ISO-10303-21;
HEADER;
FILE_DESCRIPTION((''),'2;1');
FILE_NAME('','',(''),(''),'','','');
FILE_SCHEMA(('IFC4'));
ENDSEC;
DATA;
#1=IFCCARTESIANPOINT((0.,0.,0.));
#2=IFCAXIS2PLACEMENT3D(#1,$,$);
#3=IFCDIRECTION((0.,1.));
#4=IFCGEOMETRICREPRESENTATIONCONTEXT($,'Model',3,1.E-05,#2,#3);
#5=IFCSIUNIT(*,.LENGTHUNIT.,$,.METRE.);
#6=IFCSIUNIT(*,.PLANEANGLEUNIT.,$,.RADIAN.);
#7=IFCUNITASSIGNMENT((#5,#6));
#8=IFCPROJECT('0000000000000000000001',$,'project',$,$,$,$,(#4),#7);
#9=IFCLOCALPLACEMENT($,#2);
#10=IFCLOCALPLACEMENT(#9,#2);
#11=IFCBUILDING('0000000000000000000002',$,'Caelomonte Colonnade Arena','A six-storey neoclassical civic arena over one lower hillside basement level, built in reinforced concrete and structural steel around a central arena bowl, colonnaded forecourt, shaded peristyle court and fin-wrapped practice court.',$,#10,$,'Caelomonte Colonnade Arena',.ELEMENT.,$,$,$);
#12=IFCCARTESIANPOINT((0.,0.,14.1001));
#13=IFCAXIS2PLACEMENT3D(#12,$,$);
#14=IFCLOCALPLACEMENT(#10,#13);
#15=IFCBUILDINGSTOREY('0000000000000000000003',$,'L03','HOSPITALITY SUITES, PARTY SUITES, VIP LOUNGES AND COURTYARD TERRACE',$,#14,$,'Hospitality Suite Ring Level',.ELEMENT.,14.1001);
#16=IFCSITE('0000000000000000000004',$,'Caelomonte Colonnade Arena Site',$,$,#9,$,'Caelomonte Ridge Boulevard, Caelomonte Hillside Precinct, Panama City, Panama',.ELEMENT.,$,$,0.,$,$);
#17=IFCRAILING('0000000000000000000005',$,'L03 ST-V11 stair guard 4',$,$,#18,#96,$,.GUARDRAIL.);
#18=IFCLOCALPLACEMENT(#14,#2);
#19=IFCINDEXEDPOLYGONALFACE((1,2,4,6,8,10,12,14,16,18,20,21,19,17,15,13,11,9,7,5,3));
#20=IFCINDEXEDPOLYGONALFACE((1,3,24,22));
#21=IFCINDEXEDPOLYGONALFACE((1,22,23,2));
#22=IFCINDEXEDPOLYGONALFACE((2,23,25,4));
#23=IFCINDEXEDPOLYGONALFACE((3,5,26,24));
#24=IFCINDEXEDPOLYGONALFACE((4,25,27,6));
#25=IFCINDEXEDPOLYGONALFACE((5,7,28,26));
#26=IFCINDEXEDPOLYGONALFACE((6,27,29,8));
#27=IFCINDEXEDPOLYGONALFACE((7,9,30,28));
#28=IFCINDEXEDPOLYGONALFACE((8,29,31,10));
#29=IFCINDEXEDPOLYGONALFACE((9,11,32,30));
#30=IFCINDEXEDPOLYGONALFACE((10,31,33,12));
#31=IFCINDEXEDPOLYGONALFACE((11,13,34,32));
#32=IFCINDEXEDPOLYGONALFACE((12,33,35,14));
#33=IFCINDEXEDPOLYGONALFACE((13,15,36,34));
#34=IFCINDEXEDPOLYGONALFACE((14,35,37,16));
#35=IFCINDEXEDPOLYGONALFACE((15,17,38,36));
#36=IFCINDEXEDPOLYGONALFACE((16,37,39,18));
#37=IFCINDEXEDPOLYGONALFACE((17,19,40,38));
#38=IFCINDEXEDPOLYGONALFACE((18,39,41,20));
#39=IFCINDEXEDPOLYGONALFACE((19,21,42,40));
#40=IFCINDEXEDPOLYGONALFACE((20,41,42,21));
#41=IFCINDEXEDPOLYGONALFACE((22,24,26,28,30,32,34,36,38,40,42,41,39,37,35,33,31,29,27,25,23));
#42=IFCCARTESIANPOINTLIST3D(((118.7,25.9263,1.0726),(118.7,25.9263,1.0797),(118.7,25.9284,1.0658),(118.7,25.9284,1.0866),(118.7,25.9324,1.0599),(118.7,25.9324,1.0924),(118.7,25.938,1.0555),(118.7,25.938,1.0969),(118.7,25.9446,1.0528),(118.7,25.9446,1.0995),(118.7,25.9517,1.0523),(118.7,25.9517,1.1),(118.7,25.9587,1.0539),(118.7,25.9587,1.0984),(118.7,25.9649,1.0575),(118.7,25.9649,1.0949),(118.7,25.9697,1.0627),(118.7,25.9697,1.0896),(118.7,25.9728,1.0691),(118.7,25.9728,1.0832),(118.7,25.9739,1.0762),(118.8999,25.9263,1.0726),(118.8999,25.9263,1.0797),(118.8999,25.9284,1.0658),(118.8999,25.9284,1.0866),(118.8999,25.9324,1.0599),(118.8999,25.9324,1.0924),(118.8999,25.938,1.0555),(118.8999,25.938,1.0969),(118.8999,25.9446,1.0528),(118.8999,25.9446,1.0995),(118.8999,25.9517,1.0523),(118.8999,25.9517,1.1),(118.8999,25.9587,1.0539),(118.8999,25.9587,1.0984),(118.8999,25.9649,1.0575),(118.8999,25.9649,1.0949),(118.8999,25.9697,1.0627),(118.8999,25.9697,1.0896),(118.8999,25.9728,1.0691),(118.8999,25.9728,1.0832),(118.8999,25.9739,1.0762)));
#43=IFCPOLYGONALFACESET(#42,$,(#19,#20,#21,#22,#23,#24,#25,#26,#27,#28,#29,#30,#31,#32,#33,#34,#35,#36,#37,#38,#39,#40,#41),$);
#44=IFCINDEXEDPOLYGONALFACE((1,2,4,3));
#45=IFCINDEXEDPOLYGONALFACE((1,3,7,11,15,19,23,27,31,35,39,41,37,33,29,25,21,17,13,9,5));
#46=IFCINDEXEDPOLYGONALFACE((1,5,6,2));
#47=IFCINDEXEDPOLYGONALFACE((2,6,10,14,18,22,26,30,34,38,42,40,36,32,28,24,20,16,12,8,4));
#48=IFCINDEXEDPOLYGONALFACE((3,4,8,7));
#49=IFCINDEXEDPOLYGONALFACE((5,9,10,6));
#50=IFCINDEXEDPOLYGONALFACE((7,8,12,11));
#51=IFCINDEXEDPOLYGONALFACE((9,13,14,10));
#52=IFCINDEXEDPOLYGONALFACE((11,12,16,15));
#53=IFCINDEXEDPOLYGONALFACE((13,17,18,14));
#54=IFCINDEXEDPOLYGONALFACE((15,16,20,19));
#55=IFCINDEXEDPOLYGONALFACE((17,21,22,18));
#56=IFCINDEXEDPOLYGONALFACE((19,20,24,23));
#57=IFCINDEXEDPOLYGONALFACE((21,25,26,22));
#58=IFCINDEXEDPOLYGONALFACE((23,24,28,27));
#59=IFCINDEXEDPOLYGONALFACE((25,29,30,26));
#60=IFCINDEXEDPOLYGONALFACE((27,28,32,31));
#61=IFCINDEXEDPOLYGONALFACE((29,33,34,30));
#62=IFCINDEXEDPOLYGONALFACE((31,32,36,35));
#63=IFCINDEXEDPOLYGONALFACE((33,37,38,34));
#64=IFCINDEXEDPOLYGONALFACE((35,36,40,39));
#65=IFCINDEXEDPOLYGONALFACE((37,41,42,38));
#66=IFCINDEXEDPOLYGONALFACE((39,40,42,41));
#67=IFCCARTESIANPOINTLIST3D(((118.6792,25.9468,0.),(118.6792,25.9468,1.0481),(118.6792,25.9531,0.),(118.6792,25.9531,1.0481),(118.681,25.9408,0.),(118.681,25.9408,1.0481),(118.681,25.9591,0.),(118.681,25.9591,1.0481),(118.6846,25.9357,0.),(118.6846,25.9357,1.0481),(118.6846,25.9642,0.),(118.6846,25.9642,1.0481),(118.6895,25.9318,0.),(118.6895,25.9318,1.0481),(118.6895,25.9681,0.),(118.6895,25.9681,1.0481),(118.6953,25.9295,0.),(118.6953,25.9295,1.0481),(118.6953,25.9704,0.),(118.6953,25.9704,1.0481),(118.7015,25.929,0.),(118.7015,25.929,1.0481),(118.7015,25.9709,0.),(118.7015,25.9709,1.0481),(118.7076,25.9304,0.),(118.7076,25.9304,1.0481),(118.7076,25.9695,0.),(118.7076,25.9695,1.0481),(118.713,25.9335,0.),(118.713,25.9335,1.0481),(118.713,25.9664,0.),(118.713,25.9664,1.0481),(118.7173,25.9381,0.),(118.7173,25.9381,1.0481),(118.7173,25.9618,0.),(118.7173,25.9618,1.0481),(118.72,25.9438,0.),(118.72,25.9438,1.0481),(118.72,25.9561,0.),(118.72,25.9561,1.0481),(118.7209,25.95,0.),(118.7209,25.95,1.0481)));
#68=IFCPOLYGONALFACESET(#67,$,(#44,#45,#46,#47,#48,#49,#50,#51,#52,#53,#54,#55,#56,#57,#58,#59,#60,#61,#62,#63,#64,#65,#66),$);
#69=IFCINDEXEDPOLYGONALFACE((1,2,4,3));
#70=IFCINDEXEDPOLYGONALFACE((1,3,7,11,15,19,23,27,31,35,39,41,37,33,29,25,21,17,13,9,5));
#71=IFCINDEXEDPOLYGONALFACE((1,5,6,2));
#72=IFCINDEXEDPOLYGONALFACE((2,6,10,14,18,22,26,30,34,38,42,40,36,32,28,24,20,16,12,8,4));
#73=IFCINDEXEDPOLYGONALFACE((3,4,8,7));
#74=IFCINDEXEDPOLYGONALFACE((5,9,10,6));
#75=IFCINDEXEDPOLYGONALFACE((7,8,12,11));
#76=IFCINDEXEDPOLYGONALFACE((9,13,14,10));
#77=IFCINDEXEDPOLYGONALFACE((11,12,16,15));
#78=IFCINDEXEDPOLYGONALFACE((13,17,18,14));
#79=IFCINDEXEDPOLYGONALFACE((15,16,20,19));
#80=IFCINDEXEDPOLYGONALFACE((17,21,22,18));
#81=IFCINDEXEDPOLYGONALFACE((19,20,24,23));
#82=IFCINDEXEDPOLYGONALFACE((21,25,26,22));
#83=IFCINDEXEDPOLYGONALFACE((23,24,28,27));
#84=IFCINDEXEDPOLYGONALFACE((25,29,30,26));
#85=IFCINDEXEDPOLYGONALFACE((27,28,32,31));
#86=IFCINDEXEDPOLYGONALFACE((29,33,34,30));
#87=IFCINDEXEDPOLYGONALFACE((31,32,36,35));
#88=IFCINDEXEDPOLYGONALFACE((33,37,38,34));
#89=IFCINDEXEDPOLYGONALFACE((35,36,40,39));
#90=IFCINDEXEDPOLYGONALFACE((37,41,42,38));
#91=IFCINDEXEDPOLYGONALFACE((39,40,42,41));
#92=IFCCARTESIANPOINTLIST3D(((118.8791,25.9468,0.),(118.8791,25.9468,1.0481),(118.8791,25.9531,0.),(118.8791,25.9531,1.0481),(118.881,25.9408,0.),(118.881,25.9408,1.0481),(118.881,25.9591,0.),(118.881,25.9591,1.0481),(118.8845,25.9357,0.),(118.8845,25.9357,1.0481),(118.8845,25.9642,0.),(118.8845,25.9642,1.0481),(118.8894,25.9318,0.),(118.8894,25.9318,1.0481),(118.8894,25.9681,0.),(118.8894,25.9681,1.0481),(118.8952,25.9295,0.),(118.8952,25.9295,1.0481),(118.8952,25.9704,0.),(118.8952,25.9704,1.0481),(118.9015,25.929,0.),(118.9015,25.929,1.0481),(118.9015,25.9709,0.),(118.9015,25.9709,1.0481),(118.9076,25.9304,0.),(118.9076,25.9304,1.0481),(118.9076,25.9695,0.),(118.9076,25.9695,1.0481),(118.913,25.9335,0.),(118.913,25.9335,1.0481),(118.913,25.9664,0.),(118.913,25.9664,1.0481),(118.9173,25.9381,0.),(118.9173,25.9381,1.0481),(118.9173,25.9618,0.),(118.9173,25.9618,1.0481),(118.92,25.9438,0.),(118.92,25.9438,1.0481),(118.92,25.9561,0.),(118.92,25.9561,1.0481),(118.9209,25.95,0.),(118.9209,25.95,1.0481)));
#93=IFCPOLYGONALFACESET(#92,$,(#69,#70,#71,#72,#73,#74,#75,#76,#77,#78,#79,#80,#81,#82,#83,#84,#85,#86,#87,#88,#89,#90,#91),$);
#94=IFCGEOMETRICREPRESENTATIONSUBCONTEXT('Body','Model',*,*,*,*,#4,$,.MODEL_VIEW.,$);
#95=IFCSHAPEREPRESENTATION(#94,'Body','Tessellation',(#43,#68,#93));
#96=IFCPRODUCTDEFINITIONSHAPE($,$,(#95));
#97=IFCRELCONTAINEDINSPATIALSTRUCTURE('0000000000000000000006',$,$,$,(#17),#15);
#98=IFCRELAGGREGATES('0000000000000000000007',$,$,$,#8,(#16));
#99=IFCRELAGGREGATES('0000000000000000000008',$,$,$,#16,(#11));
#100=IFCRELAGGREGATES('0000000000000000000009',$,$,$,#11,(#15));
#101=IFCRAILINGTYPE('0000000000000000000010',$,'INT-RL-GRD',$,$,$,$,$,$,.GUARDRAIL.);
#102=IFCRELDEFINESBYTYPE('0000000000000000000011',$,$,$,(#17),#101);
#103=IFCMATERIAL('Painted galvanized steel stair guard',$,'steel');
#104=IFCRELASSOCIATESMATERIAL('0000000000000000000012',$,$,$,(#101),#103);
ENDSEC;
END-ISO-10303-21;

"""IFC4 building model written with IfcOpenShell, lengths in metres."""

from ifc_helpers import new_model, si_unit, direction, frame, origin, origin_2d, place, context, subcontext, project, spatial, circle, extrude, material, type_object, element, save


model = new_model("IFC4")

# Units and contexts
model_context = context("Model", 3, precision=1e-05, world=origin(), true_north=direction((0.0, 1.0)))
body_context = subcontext(model_context, "Body", "Model", "MODEL_VIEW")
ifc_project = project(units=[si_unit("LENGTHUNIT", "METRE"), si_unit("PLANEANGLEUNIT", "RADIAN")], contexts=[model_context])

# Site, building, storey
site_placement = place(None, origin())
site = spatial("IfcSite", under=ifc_project, at=site_placement, Name="Caelomonte Colonnade Arena Site", LongName="Caelomonte Ridge Boulevard, Caelomonte Hillside Precinct, Panama City, Panama", CompositionType="ELEMENT", RefElevation=0.0)
building_placement = place(site_placement, origin())
building = spatial("IfcBuilding", under=site, at=building_placement, Name="Caelomonte Colonnade Arena", Description="A six-storey neoclassical civic arena over one lower hillside basement level, built in reinforced concrete and structural steel around a central arena bowl, colonnaded forecourt, shaded peristyle court and fin-wrapped practice court.", LongName="Caelomonte Colonnade Arena", CompositionType="ELEMENT")
storey_placement = place(building_placement, frame((0.0, 0.0, 14.1001)))
storey = spatial("IfcBuildingStorey", under=building, at=storey_placement, Name="L03", Description="HOSPITALITY SUITES, PARTY SUITES, VIP LOUNGES AND COURTYARD TERRACE", LongName="Hospitality Suite Ring Level", CompositionType="ELEMENT", Elevation=14.1001)

# Railing
ifc_material_1 = material(Name="Painted galvanized steel stair guard", Category="steel")
railing_type_1 = type_object("IfcRailingType", Name="INT-RL-GRD", PredefinedType="GUARDRAIL", material=ifc_material_1)
railing_1_placement = place(storey_placement, frame((118.7, 25.95, 0.0)))
element("IfcRailing", 1, at=railing_1_placement, inside=storey, type_object=railing_type_1, Name="L03 ST-V11 stair guard 4", PredefinedType="GUARDRAIL", context=body_context, shape_type="SweptSolid", body=[
    extrude(circle(Radius=0.0239, at=origin_2d()), frame((0.0, 0.0, 1.0762), z_axis=(1.0, 0.0, 0.0), x_axis=(0.0, 1.0, 0.0)), (0.0, 0.0, 1.0), 0.2),
    extrude(circle(Radius=0.021, at=origin_2d()), origin(), (0.0, 0.0, 1.0), 1.0481),
    extrude(circle(Radius=0.021, at=origin_2d()), frame((0.2, 0.0, 0.0)), (0.0, 0.0, 1.0), 1.0481),
])

save(model, "model.ifc")
